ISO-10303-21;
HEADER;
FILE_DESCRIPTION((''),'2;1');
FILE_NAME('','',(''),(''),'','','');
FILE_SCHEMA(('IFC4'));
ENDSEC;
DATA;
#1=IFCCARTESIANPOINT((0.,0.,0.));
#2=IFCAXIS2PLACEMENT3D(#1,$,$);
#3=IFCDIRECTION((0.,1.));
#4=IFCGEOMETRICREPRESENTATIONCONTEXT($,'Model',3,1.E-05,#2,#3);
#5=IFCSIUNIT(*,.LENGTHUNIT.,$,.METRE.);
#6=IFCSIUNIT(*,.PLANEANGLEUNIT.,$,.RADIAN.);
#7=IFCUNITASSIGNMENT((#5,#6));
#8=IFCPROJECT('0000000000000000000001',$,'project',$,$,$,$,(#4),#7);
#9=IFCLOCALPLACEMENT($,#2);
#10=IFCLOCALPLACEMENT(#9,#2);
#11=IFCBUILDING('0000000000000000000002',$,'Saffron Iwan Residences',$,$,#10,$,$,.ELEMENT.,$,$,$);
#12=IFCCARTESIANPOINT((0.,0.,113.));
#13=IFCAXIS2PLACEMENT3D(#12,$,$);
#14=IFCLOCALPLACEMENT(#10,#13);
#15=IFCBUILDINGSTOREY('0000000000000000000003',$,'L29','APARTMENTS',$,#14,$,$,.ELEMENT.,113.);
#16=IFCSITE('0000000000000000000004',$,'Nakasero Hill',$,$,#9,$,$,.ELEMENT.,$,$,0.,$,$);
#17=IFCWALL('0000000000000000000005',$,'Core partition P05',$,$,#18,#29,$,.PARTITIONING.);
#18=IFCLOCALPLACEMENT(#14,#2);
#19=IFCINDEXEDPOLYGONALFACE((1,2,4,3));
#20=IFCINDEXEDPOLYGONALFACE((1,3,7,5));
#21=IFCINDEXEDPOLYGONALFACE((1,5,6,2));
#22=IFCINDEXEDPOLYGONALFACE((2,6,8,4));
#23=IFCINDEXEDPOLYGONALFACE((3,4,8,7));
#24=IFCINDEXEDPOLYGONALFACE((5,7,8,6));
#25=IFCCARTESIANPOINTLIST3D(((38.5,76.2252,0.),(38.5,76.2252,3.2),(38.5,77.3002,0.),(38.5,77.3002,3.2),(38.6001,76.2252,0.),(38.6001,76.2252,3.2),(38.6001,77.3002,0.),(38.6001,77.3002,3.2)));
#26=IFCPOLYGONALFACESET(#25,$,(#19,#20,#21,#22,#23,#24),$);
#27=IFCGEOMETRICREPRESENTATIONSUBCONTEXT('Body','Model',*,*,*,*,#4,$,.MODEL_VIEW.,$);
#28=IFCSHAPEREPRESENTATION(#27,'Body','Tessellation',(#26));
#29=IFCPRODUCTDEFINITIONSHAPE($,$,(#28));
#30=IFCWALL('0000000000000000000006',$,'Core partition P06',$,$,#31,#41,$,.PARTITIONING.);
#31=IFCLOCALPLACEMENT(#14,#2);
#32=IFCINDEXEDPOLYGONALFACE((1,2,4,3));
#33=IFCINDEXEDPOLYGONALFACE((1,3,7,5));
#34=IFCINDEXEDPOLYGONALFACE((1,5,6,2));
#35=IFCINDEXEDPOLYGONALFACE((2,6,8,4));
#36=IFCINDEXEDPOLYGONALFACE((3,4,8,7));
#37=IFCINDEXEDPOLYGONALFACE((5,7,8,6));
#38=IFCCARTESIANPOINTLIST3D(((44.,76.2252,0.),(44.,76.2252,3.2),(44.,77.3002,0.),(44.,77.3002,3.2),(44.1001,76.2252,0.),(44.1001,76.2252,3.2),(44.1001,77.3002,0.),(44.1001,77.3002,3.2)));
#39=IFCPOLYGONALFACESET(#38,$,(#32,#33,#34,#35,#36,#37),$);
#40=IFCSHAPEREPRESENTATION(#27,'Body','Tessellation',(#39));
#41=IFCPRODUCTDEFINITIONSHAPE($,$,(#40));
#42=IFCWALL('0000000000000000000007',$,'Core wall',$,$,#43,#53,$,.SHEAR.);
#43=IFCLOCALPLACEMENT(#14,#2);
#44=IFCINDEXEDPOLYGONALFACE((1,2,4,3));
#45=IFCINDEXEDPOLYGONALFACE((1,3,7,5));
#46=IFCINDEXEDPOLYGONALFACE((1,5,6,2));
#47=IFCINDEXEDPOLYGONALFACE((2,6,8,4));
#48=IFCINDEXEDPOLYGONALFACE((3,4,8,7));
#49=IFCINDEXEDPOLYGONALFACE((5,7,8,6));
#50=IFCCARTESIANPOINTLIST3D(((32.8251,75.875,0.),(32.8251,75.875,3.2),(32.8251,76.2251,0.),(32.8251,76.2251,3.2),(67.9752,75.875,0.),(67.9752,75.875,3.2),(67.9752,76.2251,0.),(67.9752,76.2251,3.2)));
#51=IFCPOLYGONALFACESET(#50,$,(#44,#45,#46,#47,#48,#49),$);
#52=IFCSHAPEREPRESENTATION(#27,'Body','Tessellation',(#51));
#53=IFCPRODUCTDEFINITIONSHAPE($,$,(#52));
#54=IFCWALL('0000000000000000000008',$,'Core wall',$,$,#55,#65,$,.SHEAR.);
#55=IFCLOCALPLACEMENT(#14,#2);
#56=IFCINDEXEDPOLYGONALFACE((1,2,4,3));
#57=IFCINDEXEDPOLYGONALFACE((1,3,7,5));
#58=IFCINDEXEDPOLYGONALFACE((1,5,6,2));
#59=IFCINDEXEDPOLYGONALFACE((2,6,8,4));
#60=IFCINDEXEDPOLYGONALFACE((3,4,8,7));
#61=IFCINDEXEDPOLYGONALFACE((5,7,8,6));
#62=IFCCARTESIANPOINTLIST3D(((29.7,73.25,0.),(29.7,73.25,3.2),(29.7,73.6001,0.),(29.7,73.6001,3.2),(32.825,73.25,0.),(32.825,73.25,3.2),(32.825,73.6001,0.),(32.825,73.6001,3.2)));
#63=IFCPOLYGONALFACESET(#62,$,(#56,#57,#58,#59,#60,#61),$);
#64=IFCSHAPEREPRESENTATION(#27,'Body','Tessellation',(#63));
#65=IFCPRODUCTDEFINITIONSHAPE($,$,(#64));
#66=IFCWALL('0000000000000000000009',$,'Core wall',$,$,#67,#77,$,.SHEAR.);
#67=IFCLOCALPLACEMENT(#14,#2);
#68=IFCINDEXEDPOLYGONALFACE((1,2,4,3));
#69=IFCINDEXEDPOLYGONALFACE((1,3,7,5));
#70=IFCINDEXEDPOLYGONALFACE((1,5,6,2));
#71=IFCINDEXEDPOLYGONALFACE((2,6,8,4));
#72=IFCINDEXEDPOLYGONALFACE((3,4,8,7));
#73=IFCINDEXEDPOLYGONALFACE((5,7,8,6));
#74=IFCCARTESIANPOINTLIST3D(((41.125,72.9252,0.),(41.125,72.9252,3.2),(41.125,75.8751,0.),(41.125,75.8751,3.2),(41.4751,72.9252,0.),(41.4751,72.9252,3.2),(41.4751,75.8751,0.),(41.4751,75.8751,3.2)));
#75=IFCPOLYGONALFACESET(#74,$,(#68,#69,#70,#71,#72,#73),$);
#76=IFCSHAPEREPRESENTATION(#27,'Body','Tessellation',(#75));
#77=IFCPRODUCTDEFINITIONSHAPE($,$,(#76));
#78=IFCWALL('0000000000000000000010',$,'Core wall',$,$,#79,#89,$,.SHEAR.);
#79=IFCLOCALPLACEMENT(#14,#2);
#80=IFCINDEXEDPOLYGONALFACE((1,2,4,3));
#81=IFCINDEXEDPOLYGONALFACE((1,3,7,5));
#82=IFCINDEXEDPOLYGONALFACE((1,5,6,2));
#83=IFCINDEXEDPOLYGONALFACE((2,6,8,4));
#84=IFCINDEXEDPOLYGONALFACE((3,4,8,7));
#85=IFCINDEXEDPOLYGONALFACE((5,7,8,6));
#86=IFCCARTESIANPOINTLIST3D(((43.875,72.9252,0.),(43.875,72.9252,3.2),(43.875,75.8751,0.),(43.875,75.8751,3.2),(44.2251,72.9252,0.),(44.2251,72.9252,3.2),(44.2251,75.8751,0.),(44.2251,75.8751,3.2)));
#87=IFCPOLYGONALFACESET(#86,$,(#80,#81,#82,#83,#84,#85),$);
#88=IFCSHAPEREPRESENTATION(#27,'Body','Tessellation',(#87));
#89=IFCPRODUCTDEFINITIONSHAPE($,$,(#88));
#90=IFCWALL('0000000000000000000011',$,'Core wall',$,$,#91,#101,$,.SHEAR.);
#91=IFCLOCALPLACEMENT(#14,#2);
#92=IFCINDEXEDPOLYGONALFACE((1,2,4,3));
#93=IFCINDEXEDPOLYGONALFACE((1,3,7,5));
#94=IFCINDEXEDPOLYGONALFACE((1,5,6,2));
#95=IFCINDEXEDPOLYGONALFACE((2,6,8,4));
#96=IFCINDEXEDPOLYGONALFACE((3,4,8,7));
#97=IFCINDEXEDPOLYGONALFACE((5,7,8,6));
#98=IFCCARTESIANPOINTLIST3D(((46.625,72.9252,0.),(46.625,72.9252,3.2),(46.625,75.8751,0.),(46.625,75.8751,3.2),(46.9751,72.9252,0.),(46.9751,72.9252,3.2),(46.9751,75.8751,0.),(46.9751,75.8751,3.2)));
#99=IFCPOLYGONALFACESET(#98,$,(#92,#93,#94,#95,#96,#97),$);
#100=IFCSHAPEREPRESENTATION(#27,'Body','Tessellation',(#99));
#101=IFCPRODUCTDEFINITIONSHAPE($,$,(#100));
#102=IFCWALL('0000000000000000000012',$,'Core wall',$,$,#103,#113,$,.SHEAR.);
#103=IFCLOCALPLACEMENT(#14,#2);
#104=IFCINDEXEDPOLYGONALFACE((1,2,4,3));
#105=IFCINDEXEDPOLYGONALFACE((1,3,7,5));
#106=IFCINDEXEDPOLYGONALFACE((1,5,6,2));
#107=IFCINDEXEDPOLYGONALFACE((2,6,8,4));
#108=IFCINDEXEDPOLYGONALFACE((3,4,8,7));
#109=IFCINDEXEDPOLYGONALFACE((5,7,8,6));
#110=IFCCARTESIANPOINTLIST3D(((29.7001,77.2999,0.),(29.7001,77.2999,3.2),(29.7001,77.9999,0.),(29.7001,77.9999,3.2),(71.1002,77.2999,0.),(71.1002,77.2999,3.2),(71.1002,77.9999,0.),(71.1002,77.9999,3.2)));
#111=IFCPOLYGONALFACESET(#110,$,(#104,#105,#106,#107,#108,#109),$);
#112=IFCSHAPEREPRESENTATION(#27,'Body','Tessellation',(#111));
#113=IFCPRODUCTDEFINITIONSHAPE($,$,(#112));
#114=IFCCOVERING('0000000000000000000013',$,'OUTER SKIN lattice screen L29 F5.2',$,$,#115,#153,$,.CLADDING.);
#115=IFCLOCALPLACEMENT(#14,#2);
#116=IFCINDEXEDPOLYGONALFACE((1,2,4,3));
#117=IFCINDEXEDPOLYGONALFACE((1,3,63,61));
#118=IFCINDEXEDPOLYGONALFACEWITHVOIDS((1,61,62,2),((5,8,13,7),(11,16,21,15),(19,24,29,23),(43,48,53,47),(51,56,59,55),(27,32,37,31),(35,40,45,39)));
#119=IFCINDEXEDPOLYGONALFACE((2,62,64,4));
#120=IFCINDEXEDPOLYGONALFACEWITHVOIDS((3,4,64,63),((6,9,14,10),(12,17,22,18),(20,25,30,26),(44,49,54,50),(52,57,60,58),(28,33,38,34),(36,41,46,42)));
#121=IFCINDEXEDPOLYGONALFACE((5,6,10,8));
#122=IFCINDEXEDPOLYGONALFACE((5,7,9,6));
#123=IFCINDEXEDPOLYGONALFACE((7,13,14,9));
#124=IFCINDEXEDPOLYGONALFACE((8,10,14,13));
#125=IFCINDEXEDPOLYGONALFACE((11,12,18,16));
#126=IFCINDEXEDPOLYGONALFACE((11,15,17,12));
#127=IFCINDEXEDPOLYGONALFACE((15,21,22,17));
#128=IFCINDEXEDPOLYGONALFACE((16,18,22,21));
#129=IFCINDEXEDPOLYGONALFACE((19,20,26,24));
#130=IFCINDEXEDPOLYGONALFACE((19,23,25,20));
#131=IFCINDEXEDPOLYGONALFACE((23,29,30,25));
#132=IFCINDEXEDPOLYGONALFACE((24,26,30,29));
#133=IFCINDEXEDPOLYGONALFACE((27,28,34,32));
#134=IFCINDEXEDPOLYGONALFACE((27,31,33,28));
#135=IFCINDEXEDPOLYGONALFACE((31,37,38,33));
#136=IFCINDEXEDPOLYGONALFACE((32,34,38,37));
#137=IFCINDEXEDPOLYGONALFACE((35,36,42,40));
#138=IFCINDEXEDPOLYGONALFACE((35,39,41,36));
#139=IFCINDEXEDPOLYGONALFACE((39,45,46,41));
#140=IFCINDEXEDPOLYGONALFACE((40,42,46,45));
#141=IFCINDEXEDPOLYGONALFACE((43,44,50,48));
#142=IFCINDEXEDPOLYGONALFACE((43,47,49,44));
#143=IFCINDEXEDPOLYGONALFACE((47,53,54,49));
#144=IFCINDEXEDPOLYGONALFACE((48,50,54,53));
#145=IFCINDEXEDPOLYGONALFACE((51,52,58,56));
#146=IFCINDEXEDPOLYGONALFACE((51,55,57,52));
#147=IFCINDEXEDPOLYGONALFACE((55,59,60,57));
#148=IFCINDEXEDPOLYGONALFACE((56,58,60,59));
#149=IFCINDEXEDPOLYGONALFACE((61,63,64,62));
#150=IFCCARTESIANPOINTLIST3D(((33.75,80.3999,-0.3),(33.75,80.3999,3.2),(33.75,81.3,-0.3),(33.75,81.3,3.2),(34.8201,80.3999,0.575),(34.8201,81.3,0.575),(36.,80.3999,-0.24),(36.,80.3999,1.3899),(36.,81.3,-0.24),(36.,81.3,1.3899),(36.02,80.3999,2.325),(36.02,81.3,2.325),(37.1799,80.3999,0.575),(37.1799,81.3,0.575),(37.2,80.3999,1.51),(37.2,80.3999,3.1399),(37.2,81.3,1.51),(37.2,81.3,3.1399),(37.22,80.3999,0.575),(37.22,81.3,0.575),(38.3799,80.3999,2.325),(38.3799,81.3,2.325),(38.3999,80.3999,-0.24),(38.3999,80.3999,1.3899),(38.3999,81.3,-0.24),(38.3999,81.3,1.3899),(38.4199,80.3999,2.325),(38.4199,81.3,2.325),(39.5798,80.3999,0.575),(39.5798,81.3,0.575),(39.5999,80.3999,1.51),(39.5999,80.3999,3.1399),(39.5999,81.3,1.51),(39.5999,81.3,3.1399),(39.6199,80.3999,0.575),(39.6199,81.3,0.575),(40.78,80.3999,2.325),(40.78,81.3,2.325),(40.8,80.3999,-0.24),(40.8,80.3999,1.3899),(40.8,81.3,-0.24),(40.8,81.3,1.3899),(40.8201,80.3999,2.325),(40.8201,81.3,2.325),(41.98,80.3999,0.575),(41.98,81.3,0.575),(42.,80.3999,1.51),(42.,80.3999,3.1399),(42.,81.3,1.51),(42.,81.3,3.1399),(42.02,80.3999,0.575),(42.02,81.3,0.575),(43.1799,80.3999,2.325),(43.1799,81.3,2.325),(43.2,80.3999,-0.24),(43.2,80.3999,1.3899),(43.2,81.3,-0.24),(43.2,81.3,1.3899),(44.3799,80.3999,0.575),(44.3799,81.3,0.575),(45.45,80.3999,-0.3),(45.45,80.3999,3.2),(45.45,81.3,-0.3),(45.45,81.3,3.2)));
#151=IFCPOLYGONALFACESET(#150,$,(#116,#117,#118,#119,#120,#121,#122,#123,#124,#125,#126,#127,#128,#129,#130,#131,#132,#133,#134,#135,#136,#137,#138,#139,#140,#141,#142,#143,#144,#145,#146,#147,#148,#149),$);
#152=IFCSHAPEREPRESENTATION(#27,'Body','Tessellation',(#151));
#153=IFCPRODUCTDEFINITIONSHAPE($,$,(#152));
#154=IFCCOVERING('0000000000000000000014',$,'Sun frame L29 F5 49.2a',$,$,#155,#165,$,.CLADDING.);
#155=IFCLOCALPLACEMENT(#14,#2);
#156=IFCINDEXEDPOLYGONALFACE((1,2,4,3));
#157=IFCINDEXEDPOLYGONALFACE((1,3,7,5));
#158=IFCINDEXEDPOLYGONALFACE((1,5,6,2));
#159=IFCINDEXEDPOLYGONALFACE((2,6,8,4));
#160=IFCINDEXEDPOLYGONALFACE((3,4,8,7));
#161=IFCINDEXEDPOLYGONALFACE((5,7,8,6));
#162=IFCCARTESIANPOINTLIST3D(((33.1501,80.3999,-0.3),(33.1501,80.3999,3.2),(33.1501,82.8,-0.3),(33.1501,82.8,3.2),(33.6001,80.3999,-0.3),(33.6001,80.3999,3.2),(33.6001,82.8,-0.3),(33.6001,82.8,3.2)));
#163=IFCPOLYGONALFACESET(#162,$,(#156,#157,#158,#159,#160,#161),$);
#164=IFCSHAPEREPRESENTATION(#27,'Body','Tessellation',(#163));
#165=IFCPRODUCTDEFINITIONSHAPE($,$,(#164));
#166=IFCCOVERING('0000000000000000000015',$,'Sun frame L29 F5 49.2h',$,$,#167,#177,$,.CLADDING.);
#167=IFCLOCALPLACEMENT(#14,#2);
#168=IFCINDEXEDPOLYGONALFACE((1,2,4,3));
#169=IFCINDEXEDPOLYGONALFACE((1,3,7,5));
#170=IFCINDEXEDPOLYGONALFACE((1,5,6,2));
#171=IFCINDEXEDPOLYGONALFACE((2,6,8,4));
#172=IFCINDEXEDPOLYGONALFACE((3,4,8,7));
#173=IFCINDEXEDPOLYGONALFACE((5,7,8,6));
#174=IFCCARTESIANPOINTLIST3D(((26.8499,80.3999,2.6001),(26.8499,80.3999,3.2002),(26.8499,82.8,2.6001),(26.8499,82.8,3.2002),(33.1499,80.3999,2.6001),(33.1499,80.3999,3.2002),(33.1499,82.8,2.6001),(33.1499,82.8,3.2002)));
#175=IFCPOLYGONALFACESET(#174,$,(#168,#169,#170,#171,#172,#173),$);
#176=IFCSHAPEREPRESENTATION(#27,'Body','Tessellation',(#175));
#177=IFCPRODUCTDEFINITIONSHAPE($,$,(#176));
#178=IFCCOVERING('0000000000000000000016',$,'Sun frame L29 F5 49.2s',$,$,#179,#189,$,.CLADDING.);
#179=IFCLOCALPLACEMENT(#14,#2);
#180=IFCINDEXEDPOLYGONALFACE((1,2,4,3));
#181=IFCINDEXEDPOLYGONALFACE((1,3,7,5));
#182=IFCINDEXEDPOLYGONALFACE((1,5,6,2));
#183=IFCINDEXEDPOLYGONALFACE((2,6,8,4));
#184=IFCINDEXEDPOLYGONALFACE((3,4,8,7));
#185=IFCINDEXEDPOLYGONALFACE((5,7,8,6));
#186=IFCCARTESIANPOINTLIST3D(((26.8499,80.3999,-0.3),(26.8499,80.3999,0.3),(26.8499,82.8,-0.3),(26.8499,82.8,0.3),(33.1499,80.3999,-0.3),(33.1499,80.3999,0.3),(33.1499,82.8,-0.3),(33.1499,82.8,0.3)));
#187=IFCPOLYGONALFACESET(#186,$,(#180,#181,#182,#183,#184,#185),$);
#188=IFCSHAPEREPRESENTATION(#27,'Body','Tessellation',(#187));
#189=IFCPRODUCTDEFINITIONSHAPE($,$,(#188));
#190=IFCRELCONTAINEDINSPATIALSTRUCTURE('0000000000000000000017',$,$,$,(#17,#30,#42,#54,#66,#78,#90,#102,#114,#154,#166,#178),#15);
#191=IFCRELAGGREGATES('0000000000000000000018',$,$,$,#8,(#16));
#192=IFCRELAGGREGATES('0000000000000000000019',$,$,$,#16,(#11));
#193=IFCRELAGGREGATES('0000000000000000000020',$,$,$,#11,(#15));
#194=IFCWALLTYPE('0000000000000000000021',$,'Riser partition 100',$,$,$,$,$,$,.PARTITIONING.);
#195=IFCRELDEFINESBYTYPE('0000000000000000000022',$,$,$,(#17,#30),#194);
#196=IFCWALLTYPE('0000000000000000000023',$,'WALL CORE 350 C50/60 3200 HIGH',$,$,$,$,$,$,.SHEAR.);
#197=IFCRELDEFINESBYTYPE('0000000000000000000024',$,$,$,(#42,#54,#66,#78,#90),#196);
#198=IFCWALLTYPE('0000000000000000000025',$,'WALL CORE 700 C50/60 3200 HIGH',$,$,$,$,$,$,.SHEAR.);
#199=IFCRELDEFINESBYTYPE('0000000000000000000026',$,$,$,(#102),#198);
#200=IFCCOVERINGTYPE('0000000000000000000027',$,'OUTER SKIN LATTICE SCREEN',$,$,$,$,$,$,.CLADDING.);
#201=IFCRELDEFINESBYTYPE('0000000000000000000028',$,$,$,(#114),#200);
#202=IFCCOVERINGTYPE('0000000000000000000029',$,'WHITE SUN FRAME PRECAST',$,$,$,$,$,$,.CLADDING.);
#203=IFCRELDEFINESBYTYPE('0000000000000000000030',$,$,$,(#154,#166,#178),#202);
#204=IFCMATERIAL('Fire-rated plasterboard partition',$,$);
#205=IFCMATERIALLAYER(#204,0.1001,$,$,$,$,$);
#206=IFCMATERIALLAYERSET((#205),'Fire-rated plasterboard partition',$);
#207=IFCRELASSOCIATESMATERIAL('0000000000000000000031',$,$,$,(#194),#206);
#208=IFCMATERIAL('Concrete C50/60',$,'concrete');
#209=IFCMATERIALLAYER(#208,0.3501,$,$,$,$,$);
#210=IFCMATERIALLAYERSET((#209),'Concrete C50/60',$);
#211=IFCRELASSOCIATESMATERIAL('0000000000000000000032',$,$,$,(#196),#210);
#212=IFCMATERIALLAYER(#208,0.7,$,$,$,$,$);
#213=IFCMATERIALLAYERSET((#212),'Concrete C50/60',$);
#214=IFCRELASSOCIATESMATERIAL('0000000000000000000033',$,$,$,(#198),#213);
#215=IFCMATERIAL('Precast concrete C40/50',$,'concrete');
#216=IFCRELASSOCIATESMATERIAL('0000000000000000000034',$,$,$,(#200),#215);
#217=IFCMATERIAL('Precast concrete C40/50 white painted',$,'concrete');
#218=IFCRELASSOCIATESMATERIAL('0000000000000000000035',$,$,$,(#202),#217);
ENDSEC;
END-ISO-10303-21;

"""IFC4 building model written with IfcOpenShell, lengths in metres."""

from ifc_helpers import new_model, si_unit, direction, frame, frame_2d, origin, place, context, subcontext, project, spatial, polyline, rectangle, outline, extrude, material, layer, layer_set, type_object, element, save


model = new_model("IFC4")

# Units and contexts
model_context = context("Model", 3, precision=1e-05, world=origin(), true_north=direction((0.0, 1.0)))
body_context = subcontext(model_context, "Body", "Model", "MODEL_VIEW")
ifc_project = project(units=[si_unit("LENGTHUNIT", "METRE"), si_unit("PLANEANGLEUNIT", "RADIAN")], contexts=[model_context])

# Site, building, storey
site_placement = place(None, origin())
site = spatial("IfcSite", under=ifc_project, at=site_placement, Name="Nakasero Hill", CompositionType="ELEMENT", RefElevation=0.0)
building_placement = place(site_placement, origin())
building = spatial("IfcBuilding", under=site, at=building_placement, Name="Saffron Iwan Residences", CompositionType="ELEMENT")
storey_placement = place(building_placement, frame((0.0, 0.0, 113.0)))
storey = spatial("IfcBuildingStorey", under=building, at=storey_placement, Name="L29", Description="APARTMENTS", CompositionType="ELEMENT", Elevation=113.0)

# Shared definitions
ifc_material_1 = material(Name="Concrete C50/60", Category="concrete")

# Shared definitions
ifc_material_2 = material(Name="Fire-rated plasterboard partition")

# Walls
ifc_layer_1 = layer(ifc_material_2, 0.1001)
ifc_layer_set_1 = layer_set([ifc_layer_1], Name="Fire-rated plasterboard partition")
wall_type_1 = type_object("IfcWallType", Name="Riser partition 100", PredefinedType="PARTITIONING", material=ifc_layer_set_1)
for number, where, z_axis, x_axis, name in (
    (1, (38.55, 76.2251, 0.0), (0.0, 0.0, 1.0), (0.0, 1.0, 0.0), "Core partition P05"),
    (2, (44.05, 76.2251, 0.0), (0.0, 0.0, 1.0), (0.0, 1.0, 0.0), "Core partition P06"),
):
    element("IfcWall", number, at=place(storey_placement, frame(where, z_axis=z_axis, x_axis=x_axis)), inside=storey, type_object=wall_type_1, Name=name, PredefinedType="PARTITIONING", context=body_context, shape_type="SweptSolid", body=[
        extrude(rectangle(XDim=1.075, YDim=0.1001, at=frame_2d((0.5376, 0.0))), origin(), (0.0, 0.0, 1.0), 3.2),
    ])
ifc_layer_2 = layer(ifc_material_1, 0.3501)
ifc_layer_set_2 = layer_set([ifc_layer_2], Name="Concrete C50/60")
wall_type_2 = type_object("IfcWallType", Name="WALL CORE 350 C50/60 3200 HIGH", PredefinedType="SHEAR", material=ifc_layer_set_2)
wall_1_placement = place(storey_placement, frame((32.825, 76.05, 0.0), z_axis=(0.0, 0.0, 1.0), x_axis=(1.0, 0.0, 0.0)))
element("IfcWall", 3, at=wall_1_placement, inside=storey, type_object=wall_type_2, Name="Core wall", PredefinedType="SHEAR", context=body_context, shape_type="SweptSolid", body=[
    extrude(rectangle(XDim=35.1501, YDim=0.3501, at=frame_2d((17.5752, 0.0))), origin(), (0.0, 0.0, 1.0), 3.2),
])
wall_2_placement = place(storey_placement, frame((29.7, 73.425, 0.0), z_axis=(0.0, 0.0, 1.0), x_axis=(1.0, 0.0, 0.0)))
element("IfcWall", 4, at=wall_2_placement, inside=storey, type_object=wall_type_2, Name="Core wall", PredefinedType="SHEAR", context=body_context, shape_type="SweptSolid", body=[
    extrude(rectangle(XDim=3.125, YDim=0.3501, at=frame_2d((1.5625, 0.0))), origin(), (0.0, 0.0, 1.0), 3.2),
])
for number, where, z_axis, x_axis, name in (
    (5, (41.3, 72.925, 0.0), (0.0, 0.0, 1.0), (0.0, 1.0, 0.0), "Core wall"),
    (6, (44.05, 72.925, 0.0), (0.0, 0.0, 1.0), (0.0, 1.0, 0.0), "Core wall"),
    (7, (46.8, 72.925, 0.0), (0.0, 0.0, 1.0), (0.0, 1.0, 0.0), "Core wall"),
):
    element("IfcWall", number, at=place(storey_placement, frame(where, z_axis=z_axis, x_axis=x_axis)), inside=storey, type_object=wall_type_2, Name=name, PredefinedType="SHEAR", context=body_context, shape_type="SweptSolid", body=[
        extrude(rectangle(XDim=2.95, YDim=0.3501, at=frame_2d((1.4751, 0.0))), origin(), (0.0, 0.0, 1.0), 3.2),
    ])
ifc_layer_3 = layer(ifc_material_1, 0.7)
ifc_layer_set_3 = layer_set([ifc_layer_3], Name="Concrete C50/60")
wall_type_3 = type_object("IfcWallType", Name="WALL CORE 700 C50/60 3200 HIGH", PredefinedType="SHEAR", material=ifc_layer_set_3)
wall_3_placement = place(storey_placement, frame((29.7, 77.6499, 0.0), z_axis=(0.0, 0.0, 1.0), x_axis=(1.0, 0.0, 0.0)))
element("IfcWall", 8, at=wall_3_placement, inside=storey, type_object=wall_type_3, Name="Core wall", PredefinedType="SHEAR", context=body_context, shape_type="SweptSolid", body=[
    extrude(rectangle(XDim=41.4001, YDim=0.7, at=frame_2d((20.7002, 0.0))), origin(), (0.0, 0.0, 1.0), 3.2),
])

# Coverings
ifc_material_3 = material(Name="Precast concrete C40/50", Category="concrete")
covering_type_1 = type_object("IfcCoveringType", Name="OUTER SKIN LATTICE SCREEN", PredefinedType="CLADDING", material=ifc_material_3)
covering_1_placement = place(storey_placement, frame((45.45, 80.3999, -0.3), z_axis=(0.0, 1.0, 0.0), x_axis=(-1.0, 0.0, 0.0)))
element("IfcCovering", 9, at=covering_1_placement, inside=storey, type_object=covering_type_1, Name="OUTER SKIN lattice screen L29 F5.2", PredefinedType="CLADDING", context=body_context, shape_type="SweptSolid", body=[
    extrude(outline(polyline([(0.0, 0.0), (11.7, 0.0), (11.7, 3.5), (0.0, 3.5), (0.0, 0.0)]), holes=[polyline([(1.0701, 0.875), (2.25, 0.0601), (3.4299, 0.875), (2.25, 1.6899), (1.0701, 0.875)]), polyline([(3.47, 0.875), (4.6499, 0.0601), (5.8301, 0.875), (4.6499, 1.6899), (3.47, 0.875)]), polyline([(5.8701, 0.875), (7.05, 0.0601), (8.23, 0.875), (7.05, 1.6899), (5.8701, 0.875)]), polyline([(8.27, 0.875), (9.45, 0.0601), (10.6299, 0.875), (9.45, 1.6899), (8.27, 0.875)]), polyline([(2.27, 2.625), (3.45, 1.8101), (4.6299, 2.625), (3.45, 3.4399), (2.27, 2.625)]), polyline([(4.6699, 2.625), (5.8501, 1.8101), (7.03, 2.625), (5.8501, 3.4399), (4.6699, 2.625)]), polyline([(7.0701, 2.625), (8.25, 1.8101), (9.4299, 2.625), (8.25, 3.4399), (7.0701, 2.625)])]), origin(), (0.0, 0.0, 1.0), 0.9001),
])
ifc_material_4 = material(Name="Precast concrete C40/50 white painted", Category="concrete")
covering_type_2 = type_object("IfcCoveringType", Name="WHITE SUN FRAME PRECAST", PredefinedType="CLADDING", material=ifc_material_4)
covering_2_placement = place(storey_placement, frame((33.6001, 80.3999, -0.3), z_axis=(0.0, 1.0, 0.0), x_axis=(-1.0, 0.0, 0.0)))
element("IfcCovering", 10, at=covering_2_placement, inside=storey, type_object=covering_type_2, Name="Sun frame L29 F5 49.2a", PredefinedType="CLADDING", context=body_context, shape_type="SweptSolid", body=[
    extrude(outline(polyline([(0.0, 0.0), (0.45, 0.0), (0.45, 3.5), (0.0, 3.5), (0.0, 0.0)])), origin(), (0.0, 0.0, 1.0), 2.4001),
])
for number, where, z_axis, x_axis, name in (
    (11, (33.1499, 80.3999, 2.6001), (0.0, 1.0, 0.0), (-1.0, 0.0, 0.0), "Sun frame L29 F5 49.2h"),
    (12, (33.1499, 80.3999, -0.3), (0.0, 1.0, 0.0), (-1.0, 0.0, 0.0), "Sun frame L29 F5 49.2s"),
):
    element("IfcCovering", number, at=place(storey_placement, frame(where, z_axis=z_axis, x_axis=x_axis)), inside=storey, type_object=covering_type_2, Name=name, PredefinedType="CLADDING", context=body_context, shape_type="SweptSolid", body=[
        extrude(outline(polyline([(0.0, 0.0), (6.3, 0.0), (6.3, 0.6001), (0.0, 0.6001), (0.0, 0.0)])), origin(), (0.0, 0.0, 1.0), 2.4001),
    ])

save(model, "model.ifc")
